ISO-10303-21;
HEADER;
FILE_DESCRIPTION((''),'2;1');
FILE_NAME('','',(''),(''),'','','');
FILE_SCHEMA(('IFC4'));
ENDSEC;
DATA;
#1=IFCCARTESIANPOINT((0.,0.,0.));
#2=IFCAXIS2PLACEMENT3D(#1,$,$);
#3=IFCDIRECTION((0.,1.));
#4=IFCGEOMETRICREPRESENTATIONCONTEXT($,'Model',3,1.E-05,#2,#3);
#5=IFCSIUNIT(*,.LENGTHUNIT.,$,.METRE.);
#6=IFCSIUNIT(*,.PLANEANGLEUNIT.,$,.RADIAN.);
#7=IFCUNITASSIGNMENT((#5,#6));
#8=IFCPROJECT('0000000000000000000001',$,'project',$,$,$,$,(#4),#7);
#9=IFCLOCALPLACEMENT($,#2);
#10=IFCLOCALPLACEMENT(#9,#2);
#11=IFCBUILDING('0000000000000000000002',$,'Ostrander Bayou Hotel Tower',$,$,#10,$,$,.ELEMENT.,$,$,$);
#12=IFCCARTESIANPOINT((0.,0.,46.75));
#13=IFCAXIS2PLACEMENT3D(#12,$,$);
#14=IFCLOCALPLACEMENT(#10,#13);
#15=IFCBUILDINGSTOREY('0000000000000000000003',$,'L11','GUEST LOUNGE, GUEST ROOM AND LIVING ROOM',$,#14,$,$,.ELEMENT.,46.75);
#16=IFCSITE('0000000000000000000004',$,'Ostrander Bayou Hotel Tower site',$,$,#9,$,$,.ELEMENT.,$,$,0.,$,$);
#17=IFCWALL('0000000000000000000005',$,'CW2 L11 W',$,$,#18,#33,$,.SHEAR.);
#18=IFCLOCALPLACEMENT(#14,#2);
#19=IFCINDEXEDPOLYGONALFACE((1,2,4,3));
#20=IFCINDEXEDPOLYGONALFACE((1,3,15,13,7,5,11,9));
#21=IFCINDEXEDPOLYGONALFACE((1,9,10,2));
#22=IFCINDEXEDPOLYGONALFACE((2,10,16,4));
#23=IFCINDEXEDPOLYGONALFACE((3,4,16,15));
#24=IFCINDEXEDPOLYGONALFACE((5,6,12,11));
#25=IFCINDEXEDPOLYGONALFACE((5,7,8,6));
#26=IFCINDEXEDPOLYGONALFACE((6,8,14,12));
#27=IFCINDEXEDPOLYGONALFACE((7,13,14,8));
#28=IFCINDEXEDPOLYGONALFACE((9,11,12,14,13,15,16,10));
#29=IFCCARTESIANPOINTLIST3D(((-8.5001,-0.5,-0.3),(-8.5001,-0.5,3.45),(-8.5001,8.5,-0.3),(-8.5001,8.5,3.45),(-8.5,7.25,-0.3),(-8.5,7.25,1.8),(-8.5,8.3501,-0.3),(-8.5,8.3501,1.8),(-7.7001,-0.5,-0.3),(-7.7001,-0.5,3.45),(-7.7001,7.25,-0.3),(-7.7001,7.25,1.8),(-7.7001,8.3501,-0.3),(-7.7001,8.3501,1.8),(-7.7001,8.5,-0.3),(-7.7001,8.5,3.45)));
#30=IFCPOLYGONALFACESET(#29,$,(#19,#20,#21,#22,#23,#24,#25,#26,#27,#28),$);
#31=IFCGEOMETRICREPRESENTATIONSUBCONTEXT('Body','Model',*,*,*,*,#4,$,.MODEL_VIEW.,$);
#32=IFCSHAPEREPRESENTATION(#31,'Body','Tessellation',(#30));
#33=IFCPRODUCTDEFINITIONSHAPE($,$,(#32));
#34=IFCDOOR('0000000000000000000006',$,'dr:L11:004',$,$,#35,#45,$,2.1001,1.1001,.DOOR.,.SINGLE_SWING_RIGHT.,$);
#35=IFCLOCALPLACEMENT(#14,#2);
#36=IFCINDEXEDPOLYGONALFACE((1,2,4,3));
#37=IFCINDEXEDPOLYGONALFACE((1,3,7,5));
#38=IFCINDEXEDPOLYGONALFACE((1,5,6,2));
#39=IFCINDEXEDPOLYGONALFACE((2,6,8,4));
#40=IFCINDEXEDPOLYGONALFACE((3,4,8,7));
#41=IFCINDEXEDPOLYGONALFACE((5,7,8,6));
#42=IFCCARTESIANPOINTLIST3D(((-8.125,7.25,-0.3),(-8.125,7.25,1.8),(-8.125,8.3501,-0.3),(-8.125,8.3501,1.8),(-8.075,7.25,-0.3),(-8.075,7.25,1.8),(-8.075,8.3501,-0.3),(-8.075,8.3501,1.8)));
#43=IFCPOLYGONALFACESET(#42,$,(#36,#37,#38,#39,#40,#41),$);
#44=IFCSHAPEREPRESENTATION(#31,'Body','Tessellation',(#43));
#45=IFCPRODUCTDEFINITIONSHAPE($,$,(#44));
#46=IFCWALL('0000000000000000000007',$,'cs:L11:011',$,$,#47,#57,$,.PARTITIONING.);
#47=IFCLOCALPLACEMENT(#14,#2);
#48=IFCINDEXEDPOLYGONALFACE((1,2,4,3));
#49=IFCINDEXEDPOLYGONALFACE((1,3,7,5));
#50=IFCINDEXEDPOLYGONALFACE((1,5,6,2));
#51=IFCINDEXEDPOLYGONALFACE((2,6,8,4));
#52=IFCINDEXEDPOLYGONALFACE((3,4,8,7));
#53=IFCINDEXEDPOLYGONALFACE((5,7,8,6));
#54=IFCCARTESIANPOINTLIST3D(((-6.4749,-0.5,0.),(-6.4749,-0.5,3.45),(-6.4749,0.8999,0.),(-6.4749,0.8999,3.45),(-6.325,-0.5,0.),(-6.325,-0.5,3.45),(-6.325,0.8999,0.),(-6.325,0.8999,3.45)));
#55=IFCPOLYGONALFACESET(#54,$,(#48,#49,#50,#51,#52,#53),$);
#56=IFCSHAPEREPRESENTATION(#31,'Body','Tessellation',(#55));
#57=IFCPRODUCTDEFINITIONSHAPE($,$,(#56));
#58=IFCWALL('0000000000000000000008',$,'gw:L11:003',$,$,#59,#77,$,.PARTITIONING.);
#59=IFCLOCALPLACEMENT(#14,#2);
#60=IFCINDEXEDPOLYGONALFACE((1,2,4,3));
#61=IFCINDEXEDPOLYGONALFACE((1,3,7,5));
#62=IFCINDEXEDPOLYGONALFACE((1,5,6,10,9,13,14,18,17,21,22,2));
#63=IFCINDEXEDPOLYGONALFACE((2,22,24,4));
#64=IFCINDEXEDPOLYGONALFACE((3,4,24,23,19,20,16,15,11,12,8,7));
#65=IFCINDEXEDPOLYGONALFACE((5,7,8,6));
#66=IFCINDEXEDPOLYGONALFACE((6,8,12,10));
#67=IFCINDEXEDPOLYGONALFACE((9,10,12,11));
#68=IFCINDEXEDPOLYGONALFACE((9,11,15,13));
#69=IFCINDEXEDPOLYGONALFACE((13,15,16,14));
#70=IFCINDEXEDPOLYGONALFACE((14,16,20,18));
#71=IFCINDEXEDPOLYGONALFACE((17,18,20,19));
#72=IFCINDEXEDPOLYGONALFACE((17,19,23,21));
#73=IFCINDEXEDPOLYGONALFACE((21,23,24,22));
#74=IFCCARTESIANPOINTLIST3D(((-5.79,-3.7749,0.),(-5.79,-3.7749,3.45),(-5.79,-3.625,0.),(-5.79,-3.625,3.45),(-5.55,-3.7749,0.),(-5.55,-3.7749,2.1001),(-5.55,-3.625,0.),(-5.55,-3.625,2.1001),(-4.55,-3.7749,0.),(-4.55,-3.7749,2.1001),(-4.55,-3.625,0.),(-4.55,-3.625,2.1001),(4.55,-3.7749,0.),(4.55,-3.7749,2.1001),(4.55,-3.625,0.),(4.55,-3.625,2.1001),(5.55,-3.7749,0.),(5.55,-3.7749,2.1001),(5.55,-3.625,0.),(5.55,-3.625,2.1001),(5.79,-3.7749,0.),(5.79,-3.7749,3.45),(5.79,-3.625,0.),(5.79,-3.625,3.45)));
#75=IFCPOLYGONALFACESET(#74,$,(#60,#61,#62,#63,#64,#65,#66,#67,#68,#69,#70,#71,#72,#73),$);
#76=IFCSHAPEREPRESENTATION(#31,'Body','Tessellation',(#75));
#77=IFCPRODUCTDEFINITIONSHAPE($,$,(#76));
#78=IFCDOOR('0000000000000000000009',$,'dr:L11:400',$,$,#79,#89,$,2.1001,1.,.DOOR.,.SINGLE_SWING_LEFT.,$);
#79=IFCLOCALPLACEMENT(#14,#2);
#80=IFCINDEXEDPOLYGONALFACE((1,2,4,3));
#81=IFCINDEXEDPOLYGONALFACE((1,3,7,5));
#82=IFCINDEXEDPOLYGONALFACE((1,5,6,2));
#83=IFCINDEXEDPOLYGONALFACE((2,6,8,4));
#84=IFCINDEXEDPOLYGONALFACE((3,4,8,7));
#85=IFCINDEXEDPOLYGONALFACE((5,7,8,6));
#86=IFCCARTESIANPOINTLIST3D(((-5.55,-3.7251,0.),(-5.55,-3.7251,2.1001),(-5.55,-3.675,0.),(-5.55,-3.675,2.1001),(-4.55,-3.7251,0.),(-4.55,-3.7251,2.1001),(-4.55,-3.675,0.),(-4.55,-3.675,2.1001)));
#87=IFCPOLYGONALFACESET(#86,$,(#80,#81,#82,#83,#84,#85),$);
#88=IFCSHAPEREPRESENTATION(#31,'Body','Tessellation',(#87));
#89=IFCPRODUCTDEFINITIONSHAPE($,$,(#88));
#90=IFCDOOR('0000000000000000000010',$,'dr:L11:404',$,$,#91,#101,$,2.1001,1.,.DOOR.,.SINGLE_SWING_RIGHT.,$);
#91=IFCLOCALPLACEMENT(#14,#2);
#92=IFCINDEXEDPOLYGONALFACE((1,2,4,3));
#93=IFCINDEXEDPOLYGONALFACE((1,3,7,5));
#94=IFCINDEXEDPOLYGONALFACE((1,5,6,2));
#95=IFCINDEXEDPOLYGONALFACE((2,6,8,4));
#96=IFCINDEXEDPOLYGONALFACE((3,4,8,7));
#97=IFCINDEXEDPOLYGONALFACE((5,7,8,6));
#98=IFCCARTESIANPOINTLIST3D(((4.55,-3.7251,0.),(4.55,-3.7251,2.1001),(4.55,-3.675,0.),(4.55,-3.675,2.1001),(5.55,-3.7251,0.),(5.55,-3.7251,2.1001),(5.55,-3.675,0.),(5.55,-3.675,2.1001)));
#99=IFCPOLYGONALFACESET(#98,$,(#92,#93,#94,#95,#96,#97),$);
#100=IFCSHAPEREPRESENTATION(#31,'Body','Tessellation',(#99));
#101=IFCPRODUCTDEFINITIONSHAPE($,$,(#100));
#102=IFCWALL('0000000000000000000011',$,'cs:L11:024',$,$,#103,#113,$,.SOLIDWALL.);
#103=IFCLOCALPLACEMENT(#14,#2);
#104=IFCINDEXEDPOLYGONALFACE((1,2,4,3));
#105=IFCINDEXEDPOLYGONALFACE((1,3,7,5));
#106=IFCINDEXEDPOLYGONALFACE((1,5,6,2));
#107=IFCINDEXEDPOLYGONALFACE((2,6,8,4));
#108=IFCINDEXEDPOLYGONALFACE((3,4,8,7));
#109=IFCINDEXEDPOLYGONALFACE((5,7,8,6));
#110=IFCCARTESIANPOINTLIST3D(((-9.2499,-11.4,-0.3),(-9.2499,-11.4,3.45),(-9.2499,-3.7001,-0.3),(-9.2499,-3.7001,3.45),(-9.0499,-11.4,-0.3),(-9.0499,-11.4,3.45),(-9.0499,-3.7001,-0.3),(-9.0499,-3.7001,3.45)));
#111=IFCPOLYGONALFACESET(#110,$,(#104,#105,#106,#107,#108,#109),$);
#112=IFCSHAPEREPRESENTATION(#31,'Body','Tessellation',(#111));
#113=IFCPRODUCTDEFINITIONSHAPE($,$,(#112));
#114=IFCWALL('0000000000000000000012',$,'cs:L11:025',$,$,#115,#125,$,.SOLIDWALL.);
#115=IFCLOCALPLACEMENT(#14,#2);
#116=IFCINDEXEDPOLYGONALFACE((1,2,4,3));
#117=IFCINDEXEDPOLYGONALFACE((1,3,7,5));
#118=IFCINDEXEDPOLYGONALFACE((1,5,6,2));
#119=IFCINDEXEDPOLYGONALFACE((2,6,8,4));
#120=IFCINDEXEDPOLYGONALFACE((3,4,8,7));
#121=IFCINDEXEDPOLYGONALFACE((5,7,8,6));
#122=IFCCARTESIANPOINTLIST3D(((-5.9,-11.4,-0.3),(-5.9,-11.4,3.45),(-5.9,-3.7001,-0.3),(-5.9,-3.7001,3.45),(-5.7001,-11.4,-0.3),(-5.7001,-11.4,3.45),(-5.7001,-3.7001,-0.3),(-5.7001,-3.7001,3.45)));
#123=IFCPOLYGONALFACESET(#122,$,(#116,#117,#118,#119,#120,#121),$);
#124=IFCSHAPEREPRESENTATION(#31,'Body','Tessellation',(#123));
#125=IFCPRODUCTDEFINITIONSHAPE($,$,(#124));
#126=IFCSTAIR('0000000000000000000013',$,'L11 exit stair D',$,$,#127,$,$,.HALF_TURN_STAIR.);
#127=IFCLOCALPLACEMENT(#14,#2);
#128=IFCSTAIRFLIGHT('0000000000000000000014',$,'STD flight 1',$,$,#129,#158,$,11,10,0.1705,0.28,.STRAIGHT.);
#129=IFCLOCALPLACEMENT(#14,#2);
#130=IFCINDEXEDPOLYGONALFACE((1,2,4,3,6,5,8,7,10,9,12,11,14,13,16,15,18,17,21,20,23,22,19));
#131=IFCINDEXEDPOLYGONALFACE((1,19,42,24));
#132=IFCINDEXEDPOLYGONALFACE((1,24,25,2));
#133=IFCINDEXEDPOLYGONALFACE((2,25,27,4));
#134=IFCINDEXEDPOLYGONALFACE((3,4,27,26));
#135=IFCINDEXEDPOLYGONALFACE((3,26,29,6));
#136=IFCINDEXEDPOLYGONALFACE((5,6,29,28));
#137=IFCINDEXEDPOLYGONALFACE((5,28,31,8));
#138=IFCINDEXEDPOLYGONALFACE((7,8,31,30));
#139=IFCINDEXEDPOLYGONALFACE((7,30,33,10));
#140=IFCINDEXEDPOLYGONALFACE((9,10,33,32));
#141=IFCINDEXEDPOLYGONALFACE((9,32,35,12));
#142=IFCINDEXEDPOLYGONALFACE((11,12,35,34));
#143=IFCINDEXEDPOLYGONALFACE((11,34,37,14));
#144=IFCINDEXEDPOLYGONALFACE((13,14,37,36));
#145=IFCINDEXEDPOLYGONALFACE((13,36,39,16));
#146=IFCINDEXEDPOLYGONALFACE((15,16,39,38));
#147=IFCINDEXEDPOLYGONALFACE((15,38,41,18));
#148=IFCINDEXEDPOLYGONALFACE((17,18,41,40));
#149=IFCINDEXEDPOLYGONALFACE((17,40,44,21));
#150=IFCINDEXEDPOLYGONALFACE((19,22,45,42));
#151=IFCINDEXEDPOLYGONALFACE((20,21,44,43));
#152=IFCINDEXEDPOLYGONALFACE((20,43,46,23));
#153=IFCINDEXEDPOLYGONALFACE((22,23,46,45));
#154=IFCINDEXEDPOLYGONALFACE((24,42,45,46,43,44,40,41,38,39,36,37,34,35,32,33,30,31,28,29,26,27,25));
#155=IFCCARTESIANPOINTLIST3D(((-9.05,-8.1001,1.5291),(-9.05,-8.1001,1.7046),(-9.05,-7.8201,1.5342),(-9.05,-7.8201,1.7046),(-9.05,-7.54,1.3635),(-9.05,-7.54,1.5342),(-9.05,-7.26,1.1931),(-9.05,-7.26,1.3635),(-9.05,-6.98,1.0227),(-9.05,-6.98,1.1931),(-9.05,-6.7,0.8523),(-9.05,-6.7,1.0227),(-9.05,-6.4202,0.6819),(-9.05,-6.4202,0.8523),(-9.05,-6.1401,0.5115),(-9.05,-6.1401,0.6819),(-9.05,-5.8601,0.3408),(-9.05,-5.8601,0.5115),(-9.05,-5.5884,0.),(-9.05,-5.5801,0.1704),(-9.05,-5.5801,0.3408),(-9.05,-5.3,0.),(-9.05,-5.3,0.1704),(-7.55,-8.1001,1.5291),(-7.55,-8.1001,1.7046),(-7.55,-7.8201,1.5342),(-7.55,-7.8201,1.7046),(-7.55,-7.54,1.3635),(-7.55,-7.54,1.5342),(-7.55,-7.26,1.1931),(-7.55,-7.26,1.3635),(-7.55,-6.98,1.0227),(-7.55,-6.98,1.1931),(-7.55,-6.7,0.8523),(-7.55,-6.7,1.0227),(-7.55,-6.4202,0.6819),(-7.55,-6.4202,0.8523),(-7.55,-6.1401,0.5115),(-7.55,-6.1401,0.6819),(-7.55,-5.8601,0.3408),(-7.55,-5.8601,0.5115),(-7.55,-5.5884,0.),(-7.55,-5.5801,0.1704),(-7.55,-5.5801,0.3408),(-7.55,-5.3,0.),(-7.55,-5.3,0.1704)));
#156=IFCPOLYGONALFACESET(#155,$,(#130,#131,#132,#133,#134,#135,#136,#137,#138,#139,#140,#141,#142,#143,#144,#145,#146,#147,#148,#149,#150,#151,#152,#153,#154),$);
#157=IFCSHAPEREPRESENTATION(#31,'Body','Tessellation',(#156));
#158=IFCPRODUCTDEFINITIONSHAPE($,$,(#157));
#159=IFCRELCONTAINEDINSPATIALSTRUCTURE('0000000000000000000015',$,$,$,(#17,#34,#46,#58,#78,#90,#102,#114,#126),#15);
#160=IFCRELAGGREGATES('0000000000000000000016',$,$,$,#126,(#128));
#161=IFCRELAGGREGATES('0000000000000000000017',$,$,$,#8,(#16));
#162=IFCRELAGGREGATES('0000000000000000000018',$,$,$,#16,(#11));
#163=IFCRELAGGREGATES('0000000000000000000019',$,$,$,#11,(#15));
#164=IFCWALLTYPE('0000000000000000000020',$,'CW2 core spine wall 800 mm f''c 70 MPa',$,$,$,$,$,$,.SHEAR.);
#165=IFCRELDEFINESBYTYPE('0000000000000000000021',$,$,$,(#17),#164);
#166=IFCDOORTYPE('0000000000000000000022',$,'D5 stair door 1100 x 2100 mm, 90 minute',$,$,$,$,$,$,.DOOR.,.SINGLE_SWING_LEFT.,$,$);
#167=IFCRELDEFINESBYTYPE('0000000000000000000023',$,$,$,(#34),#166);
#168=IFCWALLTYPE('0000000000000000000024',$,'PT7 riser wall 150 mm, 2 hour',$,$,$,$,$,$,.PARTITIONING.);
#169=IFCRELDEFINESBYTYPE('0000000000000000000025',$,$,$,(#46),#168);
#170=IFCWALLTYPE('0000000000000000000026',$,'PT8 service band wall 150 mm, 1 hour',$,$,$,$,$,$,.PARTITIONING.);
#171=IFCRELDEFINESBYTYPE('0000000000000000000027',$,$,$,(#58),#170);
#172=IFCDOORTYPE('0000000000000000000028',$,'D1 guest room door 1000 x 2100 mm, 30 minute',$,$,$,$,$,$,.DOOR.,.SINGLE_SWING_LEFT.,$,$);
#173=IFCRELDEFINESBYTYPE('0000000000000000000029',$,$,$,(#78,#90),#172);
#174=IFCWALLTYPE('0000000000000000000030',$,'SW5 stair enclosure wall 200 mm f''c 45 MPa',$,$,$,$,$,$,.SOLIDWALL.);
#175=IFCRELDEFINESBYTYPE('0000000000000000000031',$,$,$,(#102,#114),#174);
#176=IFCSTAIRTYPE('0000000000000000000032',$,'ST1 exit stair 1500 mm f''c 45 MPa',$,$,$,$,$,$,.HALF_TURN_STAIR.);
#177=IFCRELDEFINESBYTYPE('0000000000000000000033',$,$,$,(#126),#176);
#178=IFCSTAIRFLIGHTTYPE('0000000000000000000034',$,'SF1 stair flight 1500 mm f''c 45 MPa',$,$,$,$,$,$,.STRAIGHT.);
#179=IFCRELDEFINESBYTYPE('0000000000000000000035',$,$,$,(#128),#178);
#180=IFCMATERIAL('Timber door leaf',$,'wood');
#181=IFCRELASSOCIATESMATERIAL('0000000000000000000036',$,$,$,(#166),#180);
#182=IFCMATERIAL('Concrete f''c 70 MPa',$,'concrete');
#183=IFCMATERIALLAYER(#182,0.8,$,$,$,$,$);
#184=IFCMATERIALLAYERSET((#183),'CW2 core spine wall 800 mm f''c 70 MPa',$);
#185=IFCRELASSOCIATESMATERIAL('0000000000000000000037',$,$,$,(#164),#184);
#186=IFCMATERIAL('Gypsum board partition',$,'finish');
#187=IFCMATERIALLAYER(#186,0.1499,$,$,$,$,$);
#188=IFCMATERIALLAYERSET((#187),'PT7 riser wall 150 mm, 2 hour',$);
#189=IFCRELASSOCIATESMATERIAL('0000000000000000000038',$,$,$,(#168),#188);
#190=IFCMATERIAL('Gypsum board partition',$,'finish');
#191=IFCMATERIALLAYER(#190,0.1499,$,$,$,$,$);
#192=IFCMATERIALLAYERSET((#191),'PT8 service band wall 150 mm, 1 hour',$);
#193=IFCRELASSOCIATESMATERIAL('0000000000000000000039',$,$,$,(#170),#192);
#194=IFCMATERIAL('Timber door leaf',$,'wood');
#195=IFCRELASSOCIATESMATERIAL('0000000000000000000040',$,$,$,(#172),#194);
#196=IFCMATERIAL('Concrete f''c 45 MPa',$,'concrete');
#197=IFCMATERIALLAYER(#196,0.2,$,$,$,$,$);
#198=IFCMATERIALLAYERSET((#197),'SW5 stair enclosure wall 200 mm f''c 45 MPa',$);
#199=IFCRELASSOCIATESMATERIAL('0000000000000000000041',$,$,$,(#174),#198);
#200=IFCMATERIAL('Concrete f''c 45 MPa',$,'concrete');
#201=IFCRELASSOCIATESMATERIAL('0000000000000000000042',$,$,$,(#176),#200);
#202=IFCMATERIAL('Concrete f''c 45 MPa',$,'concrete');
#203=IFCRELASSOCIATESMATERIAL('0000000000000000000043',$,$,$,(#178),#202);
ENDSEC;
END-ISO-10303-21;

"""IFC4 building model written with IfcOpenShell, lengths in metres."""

from ifc_helpers import new_model, si_unit, direction, frame, frame_2d, origin, place, context, subcontext, project, spatial, polyline, rectangle, outline, extrude, material, layer, layer_set, type_object, element, fill, aggregate, save


model = new_model("IFC4")

# Units and contexts
model_context = context("Model", 3, precision=1e-05, world=origin(), true_north=direction((0.0, 1.0)))
body_context = subcontext(model_context, "Body", "Model", "MODEL_VIEW")
ifc_project = project(units=[si_unit("LENGTHUNIT", "METRE"), si_unit("PLANEANGLEUNIT", "RADIAN")], contexts=[model_context])

# Site, building, storey
site_placement = place(None, origin())
site = spatial("IfcSite", under=ifc_project, at=site_placement, Name="Ostrander Bayou Hotel Tower site", CompositionType="ELEMENT", RefElevation=0.0)
building_placement = place(site_placement, origin())
building = spatial("IfcBuilding", under=site, at=building_placement, Name="Ostrander Bayou Hotel Tower", CompositionType="ELEMENT")
storey_placement = place(building_placement, frame((0.0, 0.0, 46.75)))
storey = spatial("IfcBuildingStorey", under=building, at=storey_placement, Name="L11", Description="GUEST LOUNGE, GUEST ROOM AND LIVING ROOM", CompositionType="ELEMENT", Elevation=46.75)

# Shared definitions
ifc_material_1 = material(Name="Timber door leaf", Category="wood")
door_type_1 = type_object("IfcDoorType", Name="D5 stair door 1100 x 2100 mm, 90 minute", OperationType="SINGLE_SWING_LEFT", PredefinedType="DOOR", material=ifc_material_1)

# Wall, opening, door
ifc_material_2 = material(Name="Concrete f'c 70 MPa", Category="concrete")
ifc_layer_1 = layer(ifc_material_2, 0.8)
ifc_layer_set_1 = layer_set([ifc_layer_1], Name="CW2 core spine wall 800 mm f'c 70 MPa")
wall_type_1 = type_object("IfcWallType", Name="CW2 core spine wall 800 mm f'c 70 MPa", PredefinedType="SHEAR", material=ifc_layer_set_1)
wall_1_placement = place(storey_placement, frame((-8.1001, -0.5, -0.3), z_axis=(0.0, 0.0, 1.0), x_axis=(0.0, 1.0, 0.0)))
wall_1 = element("IfcWall", 1, at=wall_1_placement, inside=storey, type_object=wall_type_1, Name="CW2 L11 W", PredefinedType="SHEAR", context=body_context, shape_type="SweptSolid", body=[
    extrude(rectangle(XDim=9.0, YDim=0.8, at=frame_2d((4.5, 0.0))), origin(), (0.0, 0.0, 1.0), 3.75),
])
opening_1_placement = place(wall_1_placement, frame((7.75, 0.0, 0.0)))
opening_1 = element("IfcOpeningElement", 2, at=opening_1_placement, cuts=wall_1, PredefinedType="OPENING", context=body_context, shape_type="SweptSolid", body=[
    extrude(rectangle(XDim=1.1001, YDim=2.1001, at=frame_2d((0.55, 1.05))), frame((0.0, 0.3999, 0.0), z_axis=(0.0, -1.0, 0.0), x_axis=(1.0, 0.0, 0.0)), (0.0, 0.0, 1.0), 0.8),
])
door_1_placement = place(opening_1_placement, origin())
door_1 = element("IfcDoor", 3, at=door_1_placement, inside=storey, type_object=door_type_1, Name="dr:L11:004", OperationType="SINGLE_SWING_RIGHT", OverallHeight=2.1001, OverallWidth=1.1001, PredefinedType="DOOR", context=body_context, shape_type="SweptSolid", body=[
    extrude(rectangle(XDim=1.1001, YDim=2.1001, at=frame_2d((0.55, 1.05))), frame((0.0, 0.0249, 0.0), z_axis=(0.0, -1.0, 0.0), x_axis=(1.0, 0.0, 0.0)), (0.0, 0.0, 1.0), 0.05),
])
fill(opening_1, door_1)

# Wall
ifc_material_3 = material(Name="Gypsum board partition", Category="finish")
ifc_layer_2 = layer(ifc_material_3, 0.1499)
ifc_layer_set_2 = layer_set([ifc_layer_2], Name="PT7 riser wall 150 mm, 2 hour")
wall_type_2 = type_object("IfcWallType", Name="PT7 riser wall 150 mm, 2 hour", PredefinedType="PARTITIONING", material=ifc_layer_set_2)
wall_2_placement = place(storey_placement, frame((-6.3999, -0.5, 0.0), z_axis=(0.0, 0.0, 1.0), x_axis=(0.0, 1.0, 0.0)))
element("IfcWall", 4, at=wall_2_placement, inside=storey, type_object=wall_type_2, Name="cs:L11:011", PredefinedType="PARTITIONING", context=body_context, shape_type="SweptSolid", body=[
    extrude(rectangle(XDim=1.3999, YDim=0.1499, at=frame_2d((0.7, 0.0))), origin(), (0.0, 0.0, 1.0), 3.45),
])

# Wall, openings, doors
ifc_material_4 = material(Name="Gypsum board partition", Category="finish")
ifc_layer_3 = layer(ifc_material_4, 0.1499)
ifc_layer_set_3 = layer_set([ifc_layer_3], Name="PT8 service band wall 150 mm, 1 hour")
wall_type_3 = type_object("IfcWallType", Name="PT8 service band wall 150 mm, 1 hour", PredefinedType="PARTITIONING", material=ifc_layer_set_3)
wall_3_placement = place(storey_placement, frame((-5.79, -3.7, 0.0), z_axis=(0.0, 0.0, 1.0), x_axis=(1.0, 0.0, 0.0)))
wall_3 = element("IfcWall", 5, at=wall_3_placement, inside=storey, type_object=wall_type_3, Name="gw:L11:003", PredefinedType="PARTITIONING", context=body_context, shape_type="SweptSolid", body=[
    extrude(rectangle(XDim=11.5801, YDim=0.1499, at=frame_2d((5.79, 0.0))), origin(), (0.0, 0.0, 1.0), 3.45),
])
opening_2_placement = place(wall_3_placement, frame((0.24, 0.0, 0.0)))
opening_2 = element("IfcOpeningElement", 6, at=opening_2_placement, cuts=wall_3, PredefinedType="OPENING", context=body_context, shape_type="SweptSolid", body=[
    extrude(rectangle(XDim=1.0, YDim=2.1001, at=frame_2d((0.5, 1.05))), frame((0.0, 0.075, 0.0), z_axis=(0.0, -1.0, 0.0), x_axis=(1.0, 0.0, 0.0)), (0.0, 0.0, 1.0), 0.1499),
])
opening_3_placement = place(wall_3_placement, frame((10.3401, 0.0, 0.0)))
opening_3 = element("IfcOpeningElement", 7, at=opening_3_placement, cuts=wall_3, PredefinedType="OPENING", context=body_context, shape_type="SweptSolid", body=[
    extrude(rectangle(XDim=1.0, YDim=2.1001, at=frame_2d((0.5, 1.05))), frame((0.0, 0.075, 0.0), z_axis=(0.0, -1.0, 0.0), x_axis=(1.0, 0.0, 0.0)), (0.0, 0.0, 1.0), 0.1499),
])
ifc_material_5 = material(Name="Timber door leaf", Category="wood")
door_type_2 = type_object("IfcDoorType", Name="D1 guest room door 1000 x 2100 mm, 30 minute", OperationType="SINGLE_SWING_LEFT", PredefinedType="DOOR", material=ifc_material_5)
door_2_placement = place(opening_2_placement, origin())
door_2 = element("IfcDoor", 8, at=door_2_placement, inside=storey, type_object=door_type_2, Name="dr:L11:400", OperationType="SINGLE_SWING_LEFT", OverallHeight=2.1001, OverallWidth=1.0, PredefinedType="DOOR", context=body_context, shape_type="SweptSolid", body=[
    extrude(rectangle(XDim=1.0, YDim=2.1001, at=frame_2d((0.5, 1.05))), frame((0.0, 0.0249, 0.0), z_axis=(0.0, -1.0, 0.0), x_axis=(1.0, 0.0, 0.0)), (0.0, 0.0, 1.0), 0.05),
])
fill(opening_2, door_2)
door_3_placement = place(opening_3_placement, origin())
door_3 = element("IfcDoor", 9, at=door_3_placement, inside=storey, type_object=door_type_2, Name="dr:L11:404", OperationType="SINGLE_SWING_RIGHT", OverallHeight=2.1001, OverallWidth=1.0, PredefinedType="DOOR", context=body_context, shape_type="SweptSolid", body=[
    extrude(rectangle(XDim=1.0, YDim=2.1001, at=frame_2d((0.5, 1.05))), frame((0.0, 0.0249, 0.0), z_axis=(0.0, -1.0, 0.0), x_axis=(1.0, 0.0, 0.0)), (0.0, 0.0, 1.0), 0.05),
])
fill(opening_3, door_3)

# Shared definitions
ifc_material_6 = material(Name="Concrete f'c 45 MPa", Category="concrete")
ifc_layer_4 = layer(ifc_material_6, 0.2)
ifc_layer_set_4 = layer_set([ifc_layer_4], Name="SW5 stair enclosure wall 200 mm f'c 45 MPa")
wall_type_4 = type_object("IfcWallType", Name="SW5 stair enclosure wall 200 mm f'c 45 MPa", PredefinedType="SOLIDWALL", material=ifc_layer_set_4)

# Walls
for number, where, z_axis, x_axis, name in (
    (10, (-9.1499, -3.7, -0.3), (0.0, 0.0, 1.0), (0.0, -1.0, 0.0), "cs:L11:024"),
    (11, (-5.8, -3.7, -0.3), (0.0, 0.0, 1.0), (0.0, -1.0, 0.0), "cs:L11:025"),
):
    element("IfcWall", number, at=place(storey_placement, frame(where, z_axis=z_axis, x_axis=x_axis)), inside=storey, type_object=wall_type_4, Name=name, PredefinedType="SOLIDWALL", context=body_context, shape_type="SweptSolid", body=[
        extrude(rectangle(XDim=7.7, YDim=0.2, at=frame_2d((3.8501, 0.0))), origin(), (0.0, 0.0, 1.0), 3.75),
    ])

# Stair, stair flight
ifc_material_7 = material(Name="Concrete f'c 45 MPa", Category="concrete")
stair_type = type_object("IfcStairType", Name="ST1 exit stair 1500 mm f'c 45 MPa", PredefinedType="HALF_TURN_STAIR", material=ifc_material_7)
stair_placement = place(storey_placement, origin())
stair = element("IfcStair", 12, at=stair_placement, inside=storey, type_object=stair_type, Name="L11 exit stair D", PredefinedType="HALF_TURN_STAIR")
ifc_material_8 = material(Name="Concrete f'c 45 MPa", Category="concrete")
stair_flight_type = type_object("IfcStairFlightType", Name="SF1 stair flight 1500 mm f'c 45 MPa", PredefinedType="STRAIGHT", material=ifc_material_8)
stair_flight_placement = place(storey_placement, frame((-8.3, -5.3, 0.0), z_axis=(0.0, 0.0, 1.0), x_axis=(0.0, -1.0, 0.0)))
stair_flight = element("IfcStairFlight", 13, at=stair_flight_placement, type_object=stair_flight_type, Name="STD flight 1", NumberOfRisers=11, NumberOfTreads=10, PredefinedType="STRAIGHT", RiserHeight=0.1705, TreadLength=0.28, context=body_context, shape_type="SweptSolid", body=[
    extrude(outline(polyline([(0.0, 0.0), (0.0, 0.1704), (0.28, 0.1704), (0.28, 0.3408), (0.5601, 0.3408), (0.5601, 0.5115), (0.8401, 0.5115), (0.8401, 0.6819), (1.1201, 0.6819), (1.1201, 0.8523), (1.3999, 0.8523), (1.3999, 1.0227), (1.6799, 1.0227), (1.6799, 1.1931), (1.96, 1.1931), (1.96, 1.3635), (2.24, 1.3635), (2.24, 1.5342), (2.52, 1.5342), (2.52, 1.7046), (2.8, 1.7046), (2.8, 1.875), (2.8, 1.5291), (0.2883, 0.0), (0.0, 0.0)])), frame((0.0, 0.75, 0.0), z_axis=(0.0, -1.0, 0.0), x_axis=(1.0, 0.0, 0.0)), (0.0, 0.0, 1.0), 1.5),
])
aggregate(stair, [stair_flight])

save(model, "model.ifc")
